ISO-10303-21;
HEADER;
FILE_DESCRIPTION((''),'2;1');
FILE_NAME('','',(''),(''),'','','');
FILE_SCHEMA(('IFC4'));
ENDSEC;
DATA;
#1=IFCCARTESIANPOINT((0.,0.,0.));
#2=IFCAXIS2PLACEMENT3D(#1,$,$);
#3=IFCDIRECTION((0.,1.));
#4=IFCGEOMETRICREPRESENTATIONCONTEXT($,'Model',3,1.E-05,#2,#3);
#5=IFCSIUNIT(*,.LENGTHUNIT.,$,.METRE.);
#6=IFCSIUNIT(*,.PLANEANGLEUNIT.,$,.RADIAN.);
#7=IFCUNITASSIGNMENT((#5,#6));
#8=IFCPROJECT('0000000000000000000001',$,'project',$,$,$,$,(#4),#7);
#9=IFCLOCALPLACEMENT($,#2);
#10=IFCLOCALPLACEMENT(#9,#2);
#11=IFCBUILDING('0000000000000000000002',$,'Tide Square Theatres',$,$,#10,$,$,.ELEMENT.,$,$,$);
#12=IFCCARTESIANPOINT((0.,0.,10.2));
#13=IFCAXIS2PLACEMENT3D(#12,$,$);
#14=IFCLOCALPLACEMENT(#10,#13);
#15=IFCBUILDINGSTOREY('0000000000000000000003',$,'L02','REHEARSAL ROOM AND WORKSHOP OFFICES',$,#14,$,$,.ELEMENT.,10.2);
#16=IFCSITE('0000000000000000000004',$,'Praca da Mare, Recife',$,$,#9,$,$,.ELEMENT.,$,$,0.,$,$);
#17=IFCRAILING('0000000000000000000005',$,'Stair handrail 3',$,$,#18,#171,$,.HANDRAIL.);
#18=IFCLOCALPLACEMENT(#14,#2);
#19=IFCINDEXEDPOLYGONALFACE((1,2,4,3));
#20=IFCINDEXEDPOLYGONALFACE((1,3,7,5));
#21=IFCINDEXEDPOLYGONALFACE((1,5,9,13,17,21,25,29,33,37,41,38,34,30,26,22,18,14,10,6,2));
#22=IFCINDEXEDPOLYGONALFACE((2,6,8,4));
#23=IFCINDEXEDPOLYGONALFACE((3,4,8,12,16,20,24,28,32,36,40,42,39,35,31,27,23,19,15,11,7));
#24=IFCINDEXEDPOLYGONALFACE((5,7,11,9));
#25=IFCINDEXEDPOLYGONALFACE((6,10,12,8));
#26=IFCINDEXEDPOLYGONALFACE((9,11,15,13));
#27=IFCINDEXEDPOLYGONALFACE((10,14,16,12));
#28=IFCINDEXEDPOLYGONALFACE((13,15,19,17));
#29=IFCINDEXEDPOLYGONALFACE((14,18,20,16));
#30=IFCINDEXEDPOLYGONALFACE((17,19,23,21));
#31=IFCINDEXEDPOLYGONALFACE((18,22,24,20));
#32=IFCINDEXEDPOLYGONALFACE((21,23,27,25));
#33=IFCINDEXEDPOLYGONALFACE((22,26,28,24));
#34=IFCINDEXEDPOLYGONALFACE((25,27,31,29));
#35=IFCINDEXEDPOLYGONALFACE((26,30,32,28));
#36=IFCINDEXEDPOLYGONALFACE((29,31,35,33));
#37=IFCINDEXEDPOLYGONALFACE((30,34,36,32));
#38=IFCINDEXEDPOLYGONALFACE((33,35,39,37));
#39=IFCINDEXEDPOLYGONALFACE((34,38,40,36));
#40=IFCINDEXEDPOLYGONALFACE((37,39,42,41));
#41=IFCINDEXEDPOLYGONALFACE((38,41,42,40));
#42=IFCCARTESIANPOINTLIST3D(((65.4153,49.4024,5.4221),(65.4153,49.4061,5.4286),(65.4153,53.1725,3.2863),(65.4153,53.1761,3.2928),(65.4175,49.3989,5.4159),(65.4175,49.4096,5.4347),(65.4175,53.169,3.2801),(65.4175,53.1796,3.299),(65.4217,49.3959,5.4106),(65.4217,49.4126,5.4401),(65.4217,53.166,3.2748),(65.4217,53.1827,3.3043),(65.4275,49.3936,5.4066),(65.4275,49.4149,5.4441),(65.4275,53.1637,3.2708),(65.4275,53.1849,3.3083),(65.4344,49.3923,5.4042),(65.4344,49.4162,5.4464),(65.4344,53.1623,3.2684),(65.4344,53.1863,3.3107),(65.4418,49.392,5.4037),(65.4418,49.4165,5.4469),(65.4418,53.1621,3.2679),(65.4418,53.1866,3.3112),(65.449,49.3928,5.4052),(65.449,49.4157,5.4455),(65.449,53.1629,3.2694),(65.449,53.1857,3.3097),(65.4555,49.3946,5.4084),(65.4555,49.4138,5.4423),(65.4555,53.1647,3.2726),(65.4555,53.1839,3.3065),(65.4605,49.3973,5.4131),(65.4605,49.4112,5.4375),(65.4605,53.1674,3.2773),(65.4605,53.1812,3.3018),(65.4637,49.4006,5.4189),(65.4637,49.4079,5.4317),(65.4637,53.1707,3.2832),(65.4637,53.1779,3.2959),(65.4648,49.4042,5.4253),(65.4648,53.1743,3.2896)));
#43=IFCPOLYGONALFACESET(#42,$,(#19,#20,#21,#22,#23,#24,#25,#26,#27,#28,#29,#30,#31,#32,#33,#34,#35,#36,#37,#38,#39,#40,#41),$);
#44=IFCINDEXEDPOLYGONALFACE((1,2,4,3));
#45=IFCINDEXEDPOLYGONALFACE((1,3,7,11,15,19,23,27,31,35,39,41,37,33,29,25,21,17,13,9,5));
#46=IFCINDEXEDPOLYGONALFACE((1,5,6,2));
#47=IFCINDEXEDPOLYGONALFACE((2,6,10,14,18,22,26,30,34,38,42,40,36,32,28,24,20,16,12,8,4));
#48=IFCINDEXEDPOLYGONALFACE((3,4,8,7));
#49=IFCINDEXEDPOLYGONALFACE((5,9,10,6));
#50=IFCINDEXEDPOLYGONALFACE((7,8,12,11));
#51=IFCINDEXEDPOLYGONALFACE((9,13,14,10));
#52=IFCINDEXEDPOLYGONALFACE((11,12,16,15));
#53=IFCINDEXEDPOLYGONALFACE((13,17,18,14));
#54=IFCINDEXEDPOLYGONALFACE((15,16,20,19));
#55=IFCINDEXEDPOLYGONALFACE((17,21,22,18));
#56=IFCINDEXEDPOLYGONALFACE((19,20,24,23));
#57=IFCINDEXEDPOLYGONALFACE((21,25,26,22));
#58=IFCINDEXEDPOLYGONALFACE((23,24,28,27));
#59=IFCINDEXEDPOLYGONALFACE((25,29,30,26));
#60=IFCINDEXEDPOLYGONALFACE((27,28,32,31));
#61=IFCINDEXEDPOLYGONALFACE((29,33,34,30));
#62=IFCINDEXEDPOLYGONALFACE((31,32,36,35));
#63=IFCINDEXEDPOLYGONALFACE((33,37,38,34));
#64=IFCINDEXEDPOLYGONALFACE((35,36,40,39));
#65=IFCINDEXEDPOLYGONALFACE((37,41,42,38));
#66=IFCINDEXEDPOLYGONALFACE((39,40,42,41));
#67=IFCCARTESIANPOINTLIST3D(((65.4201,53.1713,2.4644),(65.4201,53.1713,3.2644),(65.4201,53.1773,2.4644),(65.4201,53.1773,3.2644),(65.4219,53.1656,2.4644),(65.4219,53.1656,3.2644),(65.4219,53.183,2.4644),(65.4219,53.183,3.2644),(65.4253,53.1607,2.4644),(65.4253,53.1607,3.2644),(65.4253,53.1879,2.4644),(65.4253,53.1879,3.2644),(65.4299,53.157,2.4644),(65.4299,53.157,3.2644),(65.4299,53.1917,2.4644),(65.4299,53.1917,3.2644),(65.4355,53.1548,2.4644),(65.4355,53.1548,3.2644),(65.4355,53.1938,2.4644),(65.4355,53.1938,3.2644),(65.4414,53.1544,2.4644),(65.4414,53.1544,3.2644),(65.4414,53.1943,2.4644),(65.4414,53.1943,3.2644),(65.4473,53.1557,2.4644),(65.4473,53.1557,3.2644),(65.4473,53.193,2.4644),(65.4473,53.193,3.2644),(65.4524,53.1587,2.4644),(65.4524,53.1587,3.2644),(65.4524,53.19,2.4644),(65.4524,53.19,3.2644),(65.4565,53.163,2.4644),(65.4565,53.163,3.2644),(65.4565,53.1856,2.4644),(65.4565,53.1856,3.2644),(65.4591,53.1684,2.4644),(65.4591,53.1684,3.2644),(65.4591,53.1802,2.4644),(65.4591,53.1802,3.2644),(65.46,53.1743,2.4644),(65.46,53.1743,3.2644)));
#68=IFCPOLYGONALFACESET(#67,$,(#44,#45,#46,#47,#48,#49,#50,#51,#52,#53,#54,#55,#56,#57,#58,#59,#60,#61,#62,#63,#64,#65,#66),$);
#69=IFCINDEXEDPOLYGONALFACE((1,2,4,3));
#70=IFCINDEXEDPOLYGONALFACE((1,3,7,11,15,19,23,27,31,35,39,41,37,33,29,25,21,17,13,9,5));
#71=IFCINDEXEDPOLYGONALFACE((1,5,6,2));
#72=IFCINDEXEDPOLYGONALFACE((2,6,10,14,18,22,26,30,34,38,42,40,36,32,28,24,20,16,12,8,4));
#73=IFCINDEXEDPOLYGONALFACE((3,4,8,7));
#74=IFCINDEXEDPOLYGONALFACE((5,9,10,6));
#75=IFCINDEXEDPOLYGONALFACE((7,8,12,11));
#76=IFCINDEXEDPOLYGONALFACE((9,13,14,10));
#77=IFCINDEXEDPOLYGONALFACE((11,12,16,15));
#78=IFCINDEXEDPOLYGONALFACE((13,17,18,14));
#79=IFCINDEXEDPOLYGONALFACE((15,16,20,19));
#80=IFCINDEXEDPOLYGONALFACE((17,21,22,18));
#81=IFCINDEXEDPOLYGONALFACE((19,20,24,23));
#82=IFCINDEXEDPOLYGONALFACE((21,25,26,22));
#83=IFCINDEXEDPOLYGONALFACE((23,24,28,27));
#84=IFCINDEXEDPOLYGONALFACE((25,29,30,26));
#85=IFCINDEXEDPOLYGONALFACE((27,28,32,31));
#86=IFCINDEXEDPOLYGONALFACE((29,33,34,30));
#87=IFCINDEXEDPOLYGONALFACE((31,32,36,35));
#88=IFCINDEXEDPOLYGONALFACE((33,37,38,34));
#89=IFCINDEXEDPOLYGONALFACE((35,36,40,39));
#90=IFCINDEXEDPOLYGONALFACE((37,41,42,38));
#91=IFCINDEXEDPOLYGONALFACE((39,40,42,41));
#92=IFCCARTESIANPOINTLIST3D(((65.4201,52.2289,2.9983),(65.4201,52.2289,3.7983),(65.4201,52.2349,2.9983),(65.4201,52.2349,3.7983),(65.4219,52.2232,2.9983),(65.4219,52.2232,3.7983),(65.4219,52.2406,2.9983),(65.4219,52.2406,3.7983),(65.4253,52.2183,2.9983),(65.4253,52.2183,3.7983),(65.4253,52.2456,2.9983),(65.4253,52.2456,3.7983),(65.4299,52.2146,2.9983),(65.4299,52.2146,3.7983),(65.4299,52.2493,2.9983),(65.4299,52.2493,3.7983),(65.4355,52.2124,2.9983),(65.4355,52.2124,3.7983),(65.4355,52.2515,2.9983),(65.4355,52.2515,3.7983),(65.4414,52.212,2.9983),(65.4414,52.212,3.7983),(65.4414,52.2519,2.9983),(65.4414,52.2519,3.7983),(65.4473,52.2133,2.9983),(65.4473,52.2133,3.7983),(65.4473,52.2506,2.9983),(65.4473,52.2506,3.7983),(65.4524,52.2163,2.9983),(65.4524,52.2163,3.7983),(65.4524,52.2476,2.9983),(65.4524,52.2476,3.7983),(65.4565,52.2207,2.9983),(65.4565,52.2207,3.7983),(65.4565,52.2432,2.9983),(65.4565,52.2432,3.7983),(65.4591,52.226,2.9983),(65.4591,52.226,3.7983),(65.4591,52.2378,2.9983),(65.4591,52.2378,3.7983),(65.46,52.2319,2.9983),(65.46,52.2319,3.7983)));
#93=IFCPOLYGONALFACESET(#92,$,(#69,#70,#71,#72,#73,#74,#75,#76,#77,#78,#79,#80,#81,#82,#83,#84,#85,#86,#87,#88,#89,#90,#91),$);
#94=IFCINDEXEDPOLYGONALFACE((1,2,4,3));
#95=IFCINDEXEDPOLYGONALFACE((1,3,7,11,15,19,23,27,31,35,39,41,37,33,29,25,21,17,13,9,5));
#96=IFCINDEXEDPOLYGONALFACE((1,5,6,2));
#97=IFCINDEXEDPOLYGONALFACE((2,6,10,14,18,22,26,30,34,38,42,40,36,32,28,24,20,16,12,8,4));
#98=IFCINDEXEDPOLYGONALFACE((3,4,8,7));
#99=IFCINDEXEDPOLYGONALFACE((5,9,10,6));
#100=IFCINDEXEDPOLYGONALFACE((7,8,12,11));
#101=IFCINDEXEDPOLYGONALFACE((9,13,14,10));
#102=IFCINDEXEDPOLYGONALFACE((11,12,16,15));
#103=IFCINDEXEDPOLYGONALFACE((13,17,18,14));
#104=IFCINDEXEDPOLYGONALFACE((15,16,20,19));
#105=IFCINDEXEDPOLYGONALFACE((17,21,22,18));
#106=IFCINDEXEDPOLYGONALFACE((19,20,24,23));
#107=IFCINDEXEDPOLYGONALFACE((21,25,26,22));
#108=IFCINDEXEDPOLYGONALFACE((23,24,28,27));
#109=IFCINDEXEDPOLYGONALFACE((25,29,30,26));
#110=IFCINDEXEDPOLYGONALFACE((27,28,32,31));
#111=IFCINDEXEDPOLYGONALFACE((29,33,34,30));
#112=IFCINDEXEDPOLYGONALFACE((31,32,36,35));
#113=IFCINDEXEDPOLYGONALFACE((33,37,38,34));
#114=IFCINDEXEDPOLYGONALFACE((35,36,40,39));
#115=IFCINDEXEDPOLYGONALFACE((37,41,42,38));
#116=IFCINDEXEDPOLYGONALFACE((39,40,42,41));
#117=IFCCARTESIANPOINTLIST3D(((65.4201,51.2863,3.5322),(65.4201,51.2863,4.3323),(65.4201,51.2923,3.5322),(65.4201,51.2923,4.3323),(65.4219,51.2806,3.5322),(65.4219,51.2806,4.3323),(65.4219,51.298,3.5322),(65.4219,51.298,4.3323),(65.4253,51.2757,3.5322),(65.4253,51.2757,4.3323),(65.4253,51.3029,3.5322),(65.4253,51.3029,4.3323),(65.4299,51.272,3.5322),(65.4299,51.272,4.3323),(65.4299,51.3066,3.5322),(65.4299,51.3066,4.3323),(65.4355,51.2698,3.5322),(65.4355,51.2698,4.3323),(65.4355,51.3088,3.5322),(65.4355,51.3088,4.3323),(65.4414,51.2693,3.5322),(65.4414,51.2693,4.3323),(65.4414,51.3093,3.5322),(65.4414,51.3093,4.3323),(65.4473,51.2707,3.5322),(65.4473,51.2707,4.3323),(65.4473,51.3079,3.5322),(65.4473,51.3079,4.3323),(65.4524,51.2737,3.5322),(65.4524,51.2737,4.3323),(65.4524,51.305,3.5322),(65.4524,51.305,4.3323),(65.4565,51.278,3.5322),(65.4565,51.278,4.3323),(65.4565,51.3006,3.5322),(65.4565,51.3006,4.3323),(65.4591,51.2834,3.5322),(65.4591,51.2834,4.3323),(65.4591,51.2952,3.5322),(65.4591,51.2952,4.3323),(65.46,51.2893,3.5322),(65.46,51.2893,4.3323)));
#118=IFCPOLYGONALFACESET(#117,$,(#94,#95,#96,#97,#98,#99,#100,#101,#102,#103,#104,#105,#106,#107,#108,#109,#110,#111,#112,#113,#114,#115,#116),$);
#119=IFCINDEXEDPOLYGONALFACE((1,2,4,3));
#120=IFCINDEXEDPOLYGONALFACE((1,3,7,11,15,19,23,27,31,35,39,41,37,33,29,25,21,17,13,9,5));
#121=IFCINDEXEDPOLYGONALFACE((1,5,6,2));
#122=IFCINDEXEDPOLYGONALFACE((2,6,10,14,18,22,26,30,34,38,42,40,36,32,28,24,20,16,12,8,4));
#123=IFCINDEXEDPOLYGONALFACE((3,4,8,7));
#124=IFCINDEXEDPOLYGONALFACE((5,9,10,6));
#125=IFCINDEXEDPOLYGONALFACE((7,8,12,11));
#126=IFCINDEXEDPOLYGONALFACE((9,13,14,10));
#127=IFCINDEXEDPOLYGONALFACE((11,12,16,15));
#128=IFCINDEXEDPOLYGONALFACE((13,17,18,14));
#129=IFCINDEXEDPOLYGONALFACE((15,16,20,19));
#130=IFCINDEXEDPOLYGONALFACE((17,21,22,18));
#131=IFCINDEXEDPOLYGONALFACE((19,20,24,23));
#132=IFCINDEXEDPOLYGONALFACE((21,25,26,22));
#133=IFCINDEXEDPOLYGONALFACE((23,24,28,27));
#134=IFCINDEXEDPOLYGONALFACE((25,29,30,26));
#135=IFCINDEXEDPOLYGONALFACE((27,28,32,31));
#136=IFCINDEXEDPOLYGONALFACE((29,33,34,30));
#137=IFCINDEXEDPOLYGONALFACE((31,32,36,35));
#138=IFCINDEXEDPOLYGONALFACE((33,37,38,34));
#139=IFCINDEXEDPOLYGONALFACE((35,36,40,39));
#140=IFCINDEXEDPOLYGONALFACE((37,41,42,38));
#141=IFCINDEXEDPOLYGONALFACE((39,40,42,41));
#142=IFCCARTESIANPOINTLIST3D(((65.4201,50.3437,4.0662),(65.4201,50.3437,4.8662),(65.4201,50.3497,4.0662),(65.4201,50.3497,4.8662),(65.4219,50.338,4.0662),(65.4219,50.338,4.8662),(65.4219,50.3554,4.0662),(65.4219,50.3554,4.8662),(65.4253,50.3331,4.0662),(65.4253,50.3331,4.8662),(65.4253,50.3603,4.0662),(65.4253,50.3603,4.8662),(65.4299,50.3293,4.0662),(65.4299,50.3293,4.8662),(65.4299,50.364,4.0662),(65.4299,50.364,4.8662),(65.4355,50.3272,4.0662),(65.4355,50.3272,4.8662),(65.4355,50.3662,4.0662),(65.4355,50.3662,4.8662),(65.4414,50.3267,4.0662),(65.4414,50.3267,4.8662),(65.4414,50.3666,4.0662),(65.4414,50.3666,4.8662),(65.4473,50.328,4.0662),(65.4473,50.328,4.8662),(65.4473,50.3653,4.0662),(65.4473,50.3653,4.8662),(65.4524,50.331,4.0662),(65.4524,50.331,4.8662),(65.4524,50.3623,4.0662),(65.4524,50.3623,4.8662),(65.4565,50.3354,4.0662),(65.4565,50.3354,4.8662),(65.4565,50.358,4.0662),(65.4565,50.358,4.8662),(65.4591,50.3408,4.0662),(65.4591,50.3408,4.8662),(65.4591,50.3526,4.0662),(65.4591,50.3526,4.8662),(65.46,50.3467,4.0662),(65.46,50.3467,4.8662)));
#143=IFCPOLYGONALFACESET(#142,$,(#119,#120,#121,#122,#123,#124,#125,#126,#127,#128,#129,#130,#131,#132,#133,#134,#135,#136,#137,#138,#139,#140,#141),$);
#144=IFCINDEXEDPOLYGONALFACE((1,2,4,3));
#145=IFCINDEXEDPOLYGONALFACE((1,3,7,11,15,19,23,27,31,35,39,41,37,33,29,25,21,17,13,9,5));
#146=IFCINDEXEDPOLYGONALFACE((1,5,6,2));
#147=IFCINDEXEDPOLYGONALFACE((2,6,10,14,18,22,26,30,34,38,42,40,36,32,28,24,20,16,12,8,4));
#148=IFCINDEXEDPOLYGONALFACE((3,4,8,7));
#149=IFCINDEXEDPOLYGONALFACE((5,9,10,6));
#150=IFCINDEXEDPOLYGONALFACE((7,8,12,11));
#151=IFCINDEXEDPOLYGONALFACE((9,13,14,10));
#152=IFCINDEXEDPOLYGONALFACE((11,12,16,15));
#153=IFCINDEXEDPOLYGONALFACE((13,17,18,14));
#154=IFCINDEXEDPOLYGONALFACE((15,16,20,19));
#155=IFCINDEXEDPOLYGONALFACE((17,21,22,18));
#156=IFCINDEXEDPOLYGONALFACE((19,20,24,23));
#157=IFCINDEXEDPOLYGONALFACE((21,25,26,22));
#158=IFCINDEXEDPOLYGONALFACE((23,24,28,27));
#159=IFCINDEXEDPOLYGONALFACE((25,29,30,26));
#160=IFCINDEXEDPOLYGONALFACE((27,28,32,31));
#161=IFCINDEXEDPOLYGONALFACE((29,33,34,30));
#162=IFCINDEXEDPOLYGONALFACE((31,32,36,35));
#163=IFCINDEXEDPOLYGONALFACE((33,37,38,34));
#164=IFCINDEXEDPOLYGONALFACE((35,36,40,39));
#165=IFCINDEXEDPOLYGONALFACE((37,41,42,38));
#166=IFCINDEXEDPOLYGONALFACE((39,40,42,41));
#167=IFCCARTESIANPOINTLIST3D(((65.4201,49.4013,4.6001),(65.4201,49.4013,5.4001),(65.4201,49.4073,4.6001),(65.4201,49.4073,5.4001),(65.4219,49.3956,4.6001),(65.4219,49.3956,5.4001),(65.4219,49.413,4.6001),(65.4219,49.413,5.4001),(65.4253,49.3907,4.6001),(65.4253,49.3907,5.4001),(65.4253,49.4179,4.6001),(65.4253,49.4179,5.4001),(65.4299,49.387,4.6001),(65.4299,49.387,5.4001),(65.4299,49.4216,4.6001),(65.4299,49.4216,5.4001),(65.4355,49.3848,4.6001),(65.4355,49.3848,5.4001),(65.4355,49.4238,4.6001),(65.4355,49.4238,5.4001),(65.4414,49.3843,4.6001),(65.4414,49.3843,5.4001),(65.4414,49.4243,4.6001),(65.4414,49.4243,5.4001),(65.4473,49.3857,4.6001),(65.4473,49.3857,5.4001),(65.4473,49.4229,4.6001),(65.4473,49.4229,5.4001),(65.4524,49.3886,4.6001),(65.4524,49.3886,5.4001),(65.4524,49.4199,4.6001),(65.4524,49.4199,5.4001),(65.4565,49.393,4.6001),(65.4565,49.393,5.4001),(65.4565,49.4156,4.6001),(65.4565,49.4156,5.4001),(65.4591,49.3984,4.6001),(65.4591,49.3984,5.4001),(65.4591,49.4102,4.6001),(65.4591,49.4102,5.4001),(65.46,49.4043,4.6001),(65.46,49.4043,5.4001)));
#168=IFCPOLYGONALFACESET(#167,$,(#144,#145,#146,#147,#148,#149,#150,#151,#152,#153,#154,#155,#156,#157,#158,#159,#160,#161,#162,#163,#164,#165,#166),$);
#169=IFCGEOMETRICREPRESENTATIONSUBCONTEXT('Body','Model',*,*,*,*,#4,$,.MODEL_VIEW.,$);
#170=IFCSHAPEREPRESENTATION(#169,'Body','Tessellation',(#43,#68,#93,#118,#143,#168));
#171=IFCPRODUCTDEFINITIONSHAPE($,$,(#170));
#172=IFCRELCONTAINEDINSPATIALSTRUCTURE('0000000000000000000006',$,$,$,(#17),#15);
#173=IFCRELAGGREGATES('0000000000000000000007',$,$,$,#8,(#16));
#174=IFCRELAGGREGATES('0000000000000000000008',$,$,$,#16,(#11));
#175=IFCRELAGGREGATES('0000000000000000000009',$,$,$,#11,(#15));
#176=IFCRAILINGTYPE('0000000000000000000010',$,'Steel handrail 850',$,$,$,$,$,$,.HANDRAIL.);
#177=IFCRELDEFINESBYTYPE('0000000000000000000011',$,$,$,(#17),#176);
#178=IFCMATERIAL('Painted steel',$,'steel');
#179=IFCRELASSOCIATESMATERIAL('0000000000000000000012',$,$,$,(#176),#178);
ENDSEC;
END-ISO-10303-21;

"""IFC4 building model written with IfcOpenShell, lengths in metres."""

from ifc_helpers import new_model, si_unit, direction, frame, origin, origin_2d, place, context, subcontext, project, spatial, circle, extrude, material, type_object, element, save


model = new_model("IFC4")

# Units and contexts
model_context = context("Model", 3, precision=1e-05, world=origin(), true_north=direction((0.0, 1.0)))
body_context = subcontext(model_context, "Body", "Model", "MODEL_VIEW")
ifc_project = project(units=[si_unit("LENGTHUNIT", "METRE"), si_unit("PLANEANGLEUNIT", "RADIAN")], contexts=[model_context])

# Site, building, storey
site_placement = place(None, origin())
site = spatial("IfcSite", under=ifc_project, at=site_placement, Name="Praca da Mare, Recife", CompositionType="ELEMENT", RefElevation=0.0)
building_placement = place(site_placement, origin())
building = spatial("IfcBuilding", under=site, at=building_placement, Name="Tide Square Theatres", CompositionType="ELEMENT")
storey_placement = place(building_placement, frame((0.0, 0.0, 10.2)))
storey = spatial("IfcBuildingStorey", under=building, at=storey_placement, Name="L02", Description="REHEARSAL ROOM AND WORKSHOP OFFICES", CompositionType="ELEMENT", Elevation=10.2)

# Railing
ifc_material_1 = material(Name="Painted steel", Category="steel")
railing_type = type_object("IfcRailingType", Name="Steel handrail 850", PredefinedType="HANDRAIL", material=ifc_material_1)
for number, where, name in (
    (1, (65.4399, 53.1743, 2.4644), "Stair handrail 3"),
):
    element("IfcRailing", number, at=place(storey_placement, frame(where)), inside=storey, type_object=railing_type, Name=name, PredefinedType="HANDRAIL", context=body_context, shape_type="SweptSolid", body=[
        extrude(circle(Radius=0.0249, at=origin_2d()), frame((0.0, 0.0, 0.8252), z_axis=(0.0, -0.870082, 0.492907), x_axis=(1.0, 0.0, 0.0)), (0.0, 0.0, 1.0), 4.333),
        extrude(circle(Radius=0.02, at=origin_2d()), origin(), (0.0, 0.0, 1.0), 0.8),
        extrude(circle(Radius=0.02, at=origin_2d()), frame((0.0, -0.9424, 0.5339)), (0.0, 0.0, 1.0), 0.8),
        extrude(circle(Radius=0.02, at=origin_2d()), frame((0.0, -1.885, 1.0679)), (0.0, 0.0, 1.0), 0.8),
        extrude(circle(Radius=0.02, at=origin_2d()), frame((0.0, -2.8276, 1.6018)), (0.0, 0.0, 1.0), 0.8),
        extrude(circle(Radius=0.02, at=origin_2d()), frame((0.0, -3.77, 2.1357)), (0.0, 0.0, 1.0), 0.8),
    ])

save(model, "model.ifc")
